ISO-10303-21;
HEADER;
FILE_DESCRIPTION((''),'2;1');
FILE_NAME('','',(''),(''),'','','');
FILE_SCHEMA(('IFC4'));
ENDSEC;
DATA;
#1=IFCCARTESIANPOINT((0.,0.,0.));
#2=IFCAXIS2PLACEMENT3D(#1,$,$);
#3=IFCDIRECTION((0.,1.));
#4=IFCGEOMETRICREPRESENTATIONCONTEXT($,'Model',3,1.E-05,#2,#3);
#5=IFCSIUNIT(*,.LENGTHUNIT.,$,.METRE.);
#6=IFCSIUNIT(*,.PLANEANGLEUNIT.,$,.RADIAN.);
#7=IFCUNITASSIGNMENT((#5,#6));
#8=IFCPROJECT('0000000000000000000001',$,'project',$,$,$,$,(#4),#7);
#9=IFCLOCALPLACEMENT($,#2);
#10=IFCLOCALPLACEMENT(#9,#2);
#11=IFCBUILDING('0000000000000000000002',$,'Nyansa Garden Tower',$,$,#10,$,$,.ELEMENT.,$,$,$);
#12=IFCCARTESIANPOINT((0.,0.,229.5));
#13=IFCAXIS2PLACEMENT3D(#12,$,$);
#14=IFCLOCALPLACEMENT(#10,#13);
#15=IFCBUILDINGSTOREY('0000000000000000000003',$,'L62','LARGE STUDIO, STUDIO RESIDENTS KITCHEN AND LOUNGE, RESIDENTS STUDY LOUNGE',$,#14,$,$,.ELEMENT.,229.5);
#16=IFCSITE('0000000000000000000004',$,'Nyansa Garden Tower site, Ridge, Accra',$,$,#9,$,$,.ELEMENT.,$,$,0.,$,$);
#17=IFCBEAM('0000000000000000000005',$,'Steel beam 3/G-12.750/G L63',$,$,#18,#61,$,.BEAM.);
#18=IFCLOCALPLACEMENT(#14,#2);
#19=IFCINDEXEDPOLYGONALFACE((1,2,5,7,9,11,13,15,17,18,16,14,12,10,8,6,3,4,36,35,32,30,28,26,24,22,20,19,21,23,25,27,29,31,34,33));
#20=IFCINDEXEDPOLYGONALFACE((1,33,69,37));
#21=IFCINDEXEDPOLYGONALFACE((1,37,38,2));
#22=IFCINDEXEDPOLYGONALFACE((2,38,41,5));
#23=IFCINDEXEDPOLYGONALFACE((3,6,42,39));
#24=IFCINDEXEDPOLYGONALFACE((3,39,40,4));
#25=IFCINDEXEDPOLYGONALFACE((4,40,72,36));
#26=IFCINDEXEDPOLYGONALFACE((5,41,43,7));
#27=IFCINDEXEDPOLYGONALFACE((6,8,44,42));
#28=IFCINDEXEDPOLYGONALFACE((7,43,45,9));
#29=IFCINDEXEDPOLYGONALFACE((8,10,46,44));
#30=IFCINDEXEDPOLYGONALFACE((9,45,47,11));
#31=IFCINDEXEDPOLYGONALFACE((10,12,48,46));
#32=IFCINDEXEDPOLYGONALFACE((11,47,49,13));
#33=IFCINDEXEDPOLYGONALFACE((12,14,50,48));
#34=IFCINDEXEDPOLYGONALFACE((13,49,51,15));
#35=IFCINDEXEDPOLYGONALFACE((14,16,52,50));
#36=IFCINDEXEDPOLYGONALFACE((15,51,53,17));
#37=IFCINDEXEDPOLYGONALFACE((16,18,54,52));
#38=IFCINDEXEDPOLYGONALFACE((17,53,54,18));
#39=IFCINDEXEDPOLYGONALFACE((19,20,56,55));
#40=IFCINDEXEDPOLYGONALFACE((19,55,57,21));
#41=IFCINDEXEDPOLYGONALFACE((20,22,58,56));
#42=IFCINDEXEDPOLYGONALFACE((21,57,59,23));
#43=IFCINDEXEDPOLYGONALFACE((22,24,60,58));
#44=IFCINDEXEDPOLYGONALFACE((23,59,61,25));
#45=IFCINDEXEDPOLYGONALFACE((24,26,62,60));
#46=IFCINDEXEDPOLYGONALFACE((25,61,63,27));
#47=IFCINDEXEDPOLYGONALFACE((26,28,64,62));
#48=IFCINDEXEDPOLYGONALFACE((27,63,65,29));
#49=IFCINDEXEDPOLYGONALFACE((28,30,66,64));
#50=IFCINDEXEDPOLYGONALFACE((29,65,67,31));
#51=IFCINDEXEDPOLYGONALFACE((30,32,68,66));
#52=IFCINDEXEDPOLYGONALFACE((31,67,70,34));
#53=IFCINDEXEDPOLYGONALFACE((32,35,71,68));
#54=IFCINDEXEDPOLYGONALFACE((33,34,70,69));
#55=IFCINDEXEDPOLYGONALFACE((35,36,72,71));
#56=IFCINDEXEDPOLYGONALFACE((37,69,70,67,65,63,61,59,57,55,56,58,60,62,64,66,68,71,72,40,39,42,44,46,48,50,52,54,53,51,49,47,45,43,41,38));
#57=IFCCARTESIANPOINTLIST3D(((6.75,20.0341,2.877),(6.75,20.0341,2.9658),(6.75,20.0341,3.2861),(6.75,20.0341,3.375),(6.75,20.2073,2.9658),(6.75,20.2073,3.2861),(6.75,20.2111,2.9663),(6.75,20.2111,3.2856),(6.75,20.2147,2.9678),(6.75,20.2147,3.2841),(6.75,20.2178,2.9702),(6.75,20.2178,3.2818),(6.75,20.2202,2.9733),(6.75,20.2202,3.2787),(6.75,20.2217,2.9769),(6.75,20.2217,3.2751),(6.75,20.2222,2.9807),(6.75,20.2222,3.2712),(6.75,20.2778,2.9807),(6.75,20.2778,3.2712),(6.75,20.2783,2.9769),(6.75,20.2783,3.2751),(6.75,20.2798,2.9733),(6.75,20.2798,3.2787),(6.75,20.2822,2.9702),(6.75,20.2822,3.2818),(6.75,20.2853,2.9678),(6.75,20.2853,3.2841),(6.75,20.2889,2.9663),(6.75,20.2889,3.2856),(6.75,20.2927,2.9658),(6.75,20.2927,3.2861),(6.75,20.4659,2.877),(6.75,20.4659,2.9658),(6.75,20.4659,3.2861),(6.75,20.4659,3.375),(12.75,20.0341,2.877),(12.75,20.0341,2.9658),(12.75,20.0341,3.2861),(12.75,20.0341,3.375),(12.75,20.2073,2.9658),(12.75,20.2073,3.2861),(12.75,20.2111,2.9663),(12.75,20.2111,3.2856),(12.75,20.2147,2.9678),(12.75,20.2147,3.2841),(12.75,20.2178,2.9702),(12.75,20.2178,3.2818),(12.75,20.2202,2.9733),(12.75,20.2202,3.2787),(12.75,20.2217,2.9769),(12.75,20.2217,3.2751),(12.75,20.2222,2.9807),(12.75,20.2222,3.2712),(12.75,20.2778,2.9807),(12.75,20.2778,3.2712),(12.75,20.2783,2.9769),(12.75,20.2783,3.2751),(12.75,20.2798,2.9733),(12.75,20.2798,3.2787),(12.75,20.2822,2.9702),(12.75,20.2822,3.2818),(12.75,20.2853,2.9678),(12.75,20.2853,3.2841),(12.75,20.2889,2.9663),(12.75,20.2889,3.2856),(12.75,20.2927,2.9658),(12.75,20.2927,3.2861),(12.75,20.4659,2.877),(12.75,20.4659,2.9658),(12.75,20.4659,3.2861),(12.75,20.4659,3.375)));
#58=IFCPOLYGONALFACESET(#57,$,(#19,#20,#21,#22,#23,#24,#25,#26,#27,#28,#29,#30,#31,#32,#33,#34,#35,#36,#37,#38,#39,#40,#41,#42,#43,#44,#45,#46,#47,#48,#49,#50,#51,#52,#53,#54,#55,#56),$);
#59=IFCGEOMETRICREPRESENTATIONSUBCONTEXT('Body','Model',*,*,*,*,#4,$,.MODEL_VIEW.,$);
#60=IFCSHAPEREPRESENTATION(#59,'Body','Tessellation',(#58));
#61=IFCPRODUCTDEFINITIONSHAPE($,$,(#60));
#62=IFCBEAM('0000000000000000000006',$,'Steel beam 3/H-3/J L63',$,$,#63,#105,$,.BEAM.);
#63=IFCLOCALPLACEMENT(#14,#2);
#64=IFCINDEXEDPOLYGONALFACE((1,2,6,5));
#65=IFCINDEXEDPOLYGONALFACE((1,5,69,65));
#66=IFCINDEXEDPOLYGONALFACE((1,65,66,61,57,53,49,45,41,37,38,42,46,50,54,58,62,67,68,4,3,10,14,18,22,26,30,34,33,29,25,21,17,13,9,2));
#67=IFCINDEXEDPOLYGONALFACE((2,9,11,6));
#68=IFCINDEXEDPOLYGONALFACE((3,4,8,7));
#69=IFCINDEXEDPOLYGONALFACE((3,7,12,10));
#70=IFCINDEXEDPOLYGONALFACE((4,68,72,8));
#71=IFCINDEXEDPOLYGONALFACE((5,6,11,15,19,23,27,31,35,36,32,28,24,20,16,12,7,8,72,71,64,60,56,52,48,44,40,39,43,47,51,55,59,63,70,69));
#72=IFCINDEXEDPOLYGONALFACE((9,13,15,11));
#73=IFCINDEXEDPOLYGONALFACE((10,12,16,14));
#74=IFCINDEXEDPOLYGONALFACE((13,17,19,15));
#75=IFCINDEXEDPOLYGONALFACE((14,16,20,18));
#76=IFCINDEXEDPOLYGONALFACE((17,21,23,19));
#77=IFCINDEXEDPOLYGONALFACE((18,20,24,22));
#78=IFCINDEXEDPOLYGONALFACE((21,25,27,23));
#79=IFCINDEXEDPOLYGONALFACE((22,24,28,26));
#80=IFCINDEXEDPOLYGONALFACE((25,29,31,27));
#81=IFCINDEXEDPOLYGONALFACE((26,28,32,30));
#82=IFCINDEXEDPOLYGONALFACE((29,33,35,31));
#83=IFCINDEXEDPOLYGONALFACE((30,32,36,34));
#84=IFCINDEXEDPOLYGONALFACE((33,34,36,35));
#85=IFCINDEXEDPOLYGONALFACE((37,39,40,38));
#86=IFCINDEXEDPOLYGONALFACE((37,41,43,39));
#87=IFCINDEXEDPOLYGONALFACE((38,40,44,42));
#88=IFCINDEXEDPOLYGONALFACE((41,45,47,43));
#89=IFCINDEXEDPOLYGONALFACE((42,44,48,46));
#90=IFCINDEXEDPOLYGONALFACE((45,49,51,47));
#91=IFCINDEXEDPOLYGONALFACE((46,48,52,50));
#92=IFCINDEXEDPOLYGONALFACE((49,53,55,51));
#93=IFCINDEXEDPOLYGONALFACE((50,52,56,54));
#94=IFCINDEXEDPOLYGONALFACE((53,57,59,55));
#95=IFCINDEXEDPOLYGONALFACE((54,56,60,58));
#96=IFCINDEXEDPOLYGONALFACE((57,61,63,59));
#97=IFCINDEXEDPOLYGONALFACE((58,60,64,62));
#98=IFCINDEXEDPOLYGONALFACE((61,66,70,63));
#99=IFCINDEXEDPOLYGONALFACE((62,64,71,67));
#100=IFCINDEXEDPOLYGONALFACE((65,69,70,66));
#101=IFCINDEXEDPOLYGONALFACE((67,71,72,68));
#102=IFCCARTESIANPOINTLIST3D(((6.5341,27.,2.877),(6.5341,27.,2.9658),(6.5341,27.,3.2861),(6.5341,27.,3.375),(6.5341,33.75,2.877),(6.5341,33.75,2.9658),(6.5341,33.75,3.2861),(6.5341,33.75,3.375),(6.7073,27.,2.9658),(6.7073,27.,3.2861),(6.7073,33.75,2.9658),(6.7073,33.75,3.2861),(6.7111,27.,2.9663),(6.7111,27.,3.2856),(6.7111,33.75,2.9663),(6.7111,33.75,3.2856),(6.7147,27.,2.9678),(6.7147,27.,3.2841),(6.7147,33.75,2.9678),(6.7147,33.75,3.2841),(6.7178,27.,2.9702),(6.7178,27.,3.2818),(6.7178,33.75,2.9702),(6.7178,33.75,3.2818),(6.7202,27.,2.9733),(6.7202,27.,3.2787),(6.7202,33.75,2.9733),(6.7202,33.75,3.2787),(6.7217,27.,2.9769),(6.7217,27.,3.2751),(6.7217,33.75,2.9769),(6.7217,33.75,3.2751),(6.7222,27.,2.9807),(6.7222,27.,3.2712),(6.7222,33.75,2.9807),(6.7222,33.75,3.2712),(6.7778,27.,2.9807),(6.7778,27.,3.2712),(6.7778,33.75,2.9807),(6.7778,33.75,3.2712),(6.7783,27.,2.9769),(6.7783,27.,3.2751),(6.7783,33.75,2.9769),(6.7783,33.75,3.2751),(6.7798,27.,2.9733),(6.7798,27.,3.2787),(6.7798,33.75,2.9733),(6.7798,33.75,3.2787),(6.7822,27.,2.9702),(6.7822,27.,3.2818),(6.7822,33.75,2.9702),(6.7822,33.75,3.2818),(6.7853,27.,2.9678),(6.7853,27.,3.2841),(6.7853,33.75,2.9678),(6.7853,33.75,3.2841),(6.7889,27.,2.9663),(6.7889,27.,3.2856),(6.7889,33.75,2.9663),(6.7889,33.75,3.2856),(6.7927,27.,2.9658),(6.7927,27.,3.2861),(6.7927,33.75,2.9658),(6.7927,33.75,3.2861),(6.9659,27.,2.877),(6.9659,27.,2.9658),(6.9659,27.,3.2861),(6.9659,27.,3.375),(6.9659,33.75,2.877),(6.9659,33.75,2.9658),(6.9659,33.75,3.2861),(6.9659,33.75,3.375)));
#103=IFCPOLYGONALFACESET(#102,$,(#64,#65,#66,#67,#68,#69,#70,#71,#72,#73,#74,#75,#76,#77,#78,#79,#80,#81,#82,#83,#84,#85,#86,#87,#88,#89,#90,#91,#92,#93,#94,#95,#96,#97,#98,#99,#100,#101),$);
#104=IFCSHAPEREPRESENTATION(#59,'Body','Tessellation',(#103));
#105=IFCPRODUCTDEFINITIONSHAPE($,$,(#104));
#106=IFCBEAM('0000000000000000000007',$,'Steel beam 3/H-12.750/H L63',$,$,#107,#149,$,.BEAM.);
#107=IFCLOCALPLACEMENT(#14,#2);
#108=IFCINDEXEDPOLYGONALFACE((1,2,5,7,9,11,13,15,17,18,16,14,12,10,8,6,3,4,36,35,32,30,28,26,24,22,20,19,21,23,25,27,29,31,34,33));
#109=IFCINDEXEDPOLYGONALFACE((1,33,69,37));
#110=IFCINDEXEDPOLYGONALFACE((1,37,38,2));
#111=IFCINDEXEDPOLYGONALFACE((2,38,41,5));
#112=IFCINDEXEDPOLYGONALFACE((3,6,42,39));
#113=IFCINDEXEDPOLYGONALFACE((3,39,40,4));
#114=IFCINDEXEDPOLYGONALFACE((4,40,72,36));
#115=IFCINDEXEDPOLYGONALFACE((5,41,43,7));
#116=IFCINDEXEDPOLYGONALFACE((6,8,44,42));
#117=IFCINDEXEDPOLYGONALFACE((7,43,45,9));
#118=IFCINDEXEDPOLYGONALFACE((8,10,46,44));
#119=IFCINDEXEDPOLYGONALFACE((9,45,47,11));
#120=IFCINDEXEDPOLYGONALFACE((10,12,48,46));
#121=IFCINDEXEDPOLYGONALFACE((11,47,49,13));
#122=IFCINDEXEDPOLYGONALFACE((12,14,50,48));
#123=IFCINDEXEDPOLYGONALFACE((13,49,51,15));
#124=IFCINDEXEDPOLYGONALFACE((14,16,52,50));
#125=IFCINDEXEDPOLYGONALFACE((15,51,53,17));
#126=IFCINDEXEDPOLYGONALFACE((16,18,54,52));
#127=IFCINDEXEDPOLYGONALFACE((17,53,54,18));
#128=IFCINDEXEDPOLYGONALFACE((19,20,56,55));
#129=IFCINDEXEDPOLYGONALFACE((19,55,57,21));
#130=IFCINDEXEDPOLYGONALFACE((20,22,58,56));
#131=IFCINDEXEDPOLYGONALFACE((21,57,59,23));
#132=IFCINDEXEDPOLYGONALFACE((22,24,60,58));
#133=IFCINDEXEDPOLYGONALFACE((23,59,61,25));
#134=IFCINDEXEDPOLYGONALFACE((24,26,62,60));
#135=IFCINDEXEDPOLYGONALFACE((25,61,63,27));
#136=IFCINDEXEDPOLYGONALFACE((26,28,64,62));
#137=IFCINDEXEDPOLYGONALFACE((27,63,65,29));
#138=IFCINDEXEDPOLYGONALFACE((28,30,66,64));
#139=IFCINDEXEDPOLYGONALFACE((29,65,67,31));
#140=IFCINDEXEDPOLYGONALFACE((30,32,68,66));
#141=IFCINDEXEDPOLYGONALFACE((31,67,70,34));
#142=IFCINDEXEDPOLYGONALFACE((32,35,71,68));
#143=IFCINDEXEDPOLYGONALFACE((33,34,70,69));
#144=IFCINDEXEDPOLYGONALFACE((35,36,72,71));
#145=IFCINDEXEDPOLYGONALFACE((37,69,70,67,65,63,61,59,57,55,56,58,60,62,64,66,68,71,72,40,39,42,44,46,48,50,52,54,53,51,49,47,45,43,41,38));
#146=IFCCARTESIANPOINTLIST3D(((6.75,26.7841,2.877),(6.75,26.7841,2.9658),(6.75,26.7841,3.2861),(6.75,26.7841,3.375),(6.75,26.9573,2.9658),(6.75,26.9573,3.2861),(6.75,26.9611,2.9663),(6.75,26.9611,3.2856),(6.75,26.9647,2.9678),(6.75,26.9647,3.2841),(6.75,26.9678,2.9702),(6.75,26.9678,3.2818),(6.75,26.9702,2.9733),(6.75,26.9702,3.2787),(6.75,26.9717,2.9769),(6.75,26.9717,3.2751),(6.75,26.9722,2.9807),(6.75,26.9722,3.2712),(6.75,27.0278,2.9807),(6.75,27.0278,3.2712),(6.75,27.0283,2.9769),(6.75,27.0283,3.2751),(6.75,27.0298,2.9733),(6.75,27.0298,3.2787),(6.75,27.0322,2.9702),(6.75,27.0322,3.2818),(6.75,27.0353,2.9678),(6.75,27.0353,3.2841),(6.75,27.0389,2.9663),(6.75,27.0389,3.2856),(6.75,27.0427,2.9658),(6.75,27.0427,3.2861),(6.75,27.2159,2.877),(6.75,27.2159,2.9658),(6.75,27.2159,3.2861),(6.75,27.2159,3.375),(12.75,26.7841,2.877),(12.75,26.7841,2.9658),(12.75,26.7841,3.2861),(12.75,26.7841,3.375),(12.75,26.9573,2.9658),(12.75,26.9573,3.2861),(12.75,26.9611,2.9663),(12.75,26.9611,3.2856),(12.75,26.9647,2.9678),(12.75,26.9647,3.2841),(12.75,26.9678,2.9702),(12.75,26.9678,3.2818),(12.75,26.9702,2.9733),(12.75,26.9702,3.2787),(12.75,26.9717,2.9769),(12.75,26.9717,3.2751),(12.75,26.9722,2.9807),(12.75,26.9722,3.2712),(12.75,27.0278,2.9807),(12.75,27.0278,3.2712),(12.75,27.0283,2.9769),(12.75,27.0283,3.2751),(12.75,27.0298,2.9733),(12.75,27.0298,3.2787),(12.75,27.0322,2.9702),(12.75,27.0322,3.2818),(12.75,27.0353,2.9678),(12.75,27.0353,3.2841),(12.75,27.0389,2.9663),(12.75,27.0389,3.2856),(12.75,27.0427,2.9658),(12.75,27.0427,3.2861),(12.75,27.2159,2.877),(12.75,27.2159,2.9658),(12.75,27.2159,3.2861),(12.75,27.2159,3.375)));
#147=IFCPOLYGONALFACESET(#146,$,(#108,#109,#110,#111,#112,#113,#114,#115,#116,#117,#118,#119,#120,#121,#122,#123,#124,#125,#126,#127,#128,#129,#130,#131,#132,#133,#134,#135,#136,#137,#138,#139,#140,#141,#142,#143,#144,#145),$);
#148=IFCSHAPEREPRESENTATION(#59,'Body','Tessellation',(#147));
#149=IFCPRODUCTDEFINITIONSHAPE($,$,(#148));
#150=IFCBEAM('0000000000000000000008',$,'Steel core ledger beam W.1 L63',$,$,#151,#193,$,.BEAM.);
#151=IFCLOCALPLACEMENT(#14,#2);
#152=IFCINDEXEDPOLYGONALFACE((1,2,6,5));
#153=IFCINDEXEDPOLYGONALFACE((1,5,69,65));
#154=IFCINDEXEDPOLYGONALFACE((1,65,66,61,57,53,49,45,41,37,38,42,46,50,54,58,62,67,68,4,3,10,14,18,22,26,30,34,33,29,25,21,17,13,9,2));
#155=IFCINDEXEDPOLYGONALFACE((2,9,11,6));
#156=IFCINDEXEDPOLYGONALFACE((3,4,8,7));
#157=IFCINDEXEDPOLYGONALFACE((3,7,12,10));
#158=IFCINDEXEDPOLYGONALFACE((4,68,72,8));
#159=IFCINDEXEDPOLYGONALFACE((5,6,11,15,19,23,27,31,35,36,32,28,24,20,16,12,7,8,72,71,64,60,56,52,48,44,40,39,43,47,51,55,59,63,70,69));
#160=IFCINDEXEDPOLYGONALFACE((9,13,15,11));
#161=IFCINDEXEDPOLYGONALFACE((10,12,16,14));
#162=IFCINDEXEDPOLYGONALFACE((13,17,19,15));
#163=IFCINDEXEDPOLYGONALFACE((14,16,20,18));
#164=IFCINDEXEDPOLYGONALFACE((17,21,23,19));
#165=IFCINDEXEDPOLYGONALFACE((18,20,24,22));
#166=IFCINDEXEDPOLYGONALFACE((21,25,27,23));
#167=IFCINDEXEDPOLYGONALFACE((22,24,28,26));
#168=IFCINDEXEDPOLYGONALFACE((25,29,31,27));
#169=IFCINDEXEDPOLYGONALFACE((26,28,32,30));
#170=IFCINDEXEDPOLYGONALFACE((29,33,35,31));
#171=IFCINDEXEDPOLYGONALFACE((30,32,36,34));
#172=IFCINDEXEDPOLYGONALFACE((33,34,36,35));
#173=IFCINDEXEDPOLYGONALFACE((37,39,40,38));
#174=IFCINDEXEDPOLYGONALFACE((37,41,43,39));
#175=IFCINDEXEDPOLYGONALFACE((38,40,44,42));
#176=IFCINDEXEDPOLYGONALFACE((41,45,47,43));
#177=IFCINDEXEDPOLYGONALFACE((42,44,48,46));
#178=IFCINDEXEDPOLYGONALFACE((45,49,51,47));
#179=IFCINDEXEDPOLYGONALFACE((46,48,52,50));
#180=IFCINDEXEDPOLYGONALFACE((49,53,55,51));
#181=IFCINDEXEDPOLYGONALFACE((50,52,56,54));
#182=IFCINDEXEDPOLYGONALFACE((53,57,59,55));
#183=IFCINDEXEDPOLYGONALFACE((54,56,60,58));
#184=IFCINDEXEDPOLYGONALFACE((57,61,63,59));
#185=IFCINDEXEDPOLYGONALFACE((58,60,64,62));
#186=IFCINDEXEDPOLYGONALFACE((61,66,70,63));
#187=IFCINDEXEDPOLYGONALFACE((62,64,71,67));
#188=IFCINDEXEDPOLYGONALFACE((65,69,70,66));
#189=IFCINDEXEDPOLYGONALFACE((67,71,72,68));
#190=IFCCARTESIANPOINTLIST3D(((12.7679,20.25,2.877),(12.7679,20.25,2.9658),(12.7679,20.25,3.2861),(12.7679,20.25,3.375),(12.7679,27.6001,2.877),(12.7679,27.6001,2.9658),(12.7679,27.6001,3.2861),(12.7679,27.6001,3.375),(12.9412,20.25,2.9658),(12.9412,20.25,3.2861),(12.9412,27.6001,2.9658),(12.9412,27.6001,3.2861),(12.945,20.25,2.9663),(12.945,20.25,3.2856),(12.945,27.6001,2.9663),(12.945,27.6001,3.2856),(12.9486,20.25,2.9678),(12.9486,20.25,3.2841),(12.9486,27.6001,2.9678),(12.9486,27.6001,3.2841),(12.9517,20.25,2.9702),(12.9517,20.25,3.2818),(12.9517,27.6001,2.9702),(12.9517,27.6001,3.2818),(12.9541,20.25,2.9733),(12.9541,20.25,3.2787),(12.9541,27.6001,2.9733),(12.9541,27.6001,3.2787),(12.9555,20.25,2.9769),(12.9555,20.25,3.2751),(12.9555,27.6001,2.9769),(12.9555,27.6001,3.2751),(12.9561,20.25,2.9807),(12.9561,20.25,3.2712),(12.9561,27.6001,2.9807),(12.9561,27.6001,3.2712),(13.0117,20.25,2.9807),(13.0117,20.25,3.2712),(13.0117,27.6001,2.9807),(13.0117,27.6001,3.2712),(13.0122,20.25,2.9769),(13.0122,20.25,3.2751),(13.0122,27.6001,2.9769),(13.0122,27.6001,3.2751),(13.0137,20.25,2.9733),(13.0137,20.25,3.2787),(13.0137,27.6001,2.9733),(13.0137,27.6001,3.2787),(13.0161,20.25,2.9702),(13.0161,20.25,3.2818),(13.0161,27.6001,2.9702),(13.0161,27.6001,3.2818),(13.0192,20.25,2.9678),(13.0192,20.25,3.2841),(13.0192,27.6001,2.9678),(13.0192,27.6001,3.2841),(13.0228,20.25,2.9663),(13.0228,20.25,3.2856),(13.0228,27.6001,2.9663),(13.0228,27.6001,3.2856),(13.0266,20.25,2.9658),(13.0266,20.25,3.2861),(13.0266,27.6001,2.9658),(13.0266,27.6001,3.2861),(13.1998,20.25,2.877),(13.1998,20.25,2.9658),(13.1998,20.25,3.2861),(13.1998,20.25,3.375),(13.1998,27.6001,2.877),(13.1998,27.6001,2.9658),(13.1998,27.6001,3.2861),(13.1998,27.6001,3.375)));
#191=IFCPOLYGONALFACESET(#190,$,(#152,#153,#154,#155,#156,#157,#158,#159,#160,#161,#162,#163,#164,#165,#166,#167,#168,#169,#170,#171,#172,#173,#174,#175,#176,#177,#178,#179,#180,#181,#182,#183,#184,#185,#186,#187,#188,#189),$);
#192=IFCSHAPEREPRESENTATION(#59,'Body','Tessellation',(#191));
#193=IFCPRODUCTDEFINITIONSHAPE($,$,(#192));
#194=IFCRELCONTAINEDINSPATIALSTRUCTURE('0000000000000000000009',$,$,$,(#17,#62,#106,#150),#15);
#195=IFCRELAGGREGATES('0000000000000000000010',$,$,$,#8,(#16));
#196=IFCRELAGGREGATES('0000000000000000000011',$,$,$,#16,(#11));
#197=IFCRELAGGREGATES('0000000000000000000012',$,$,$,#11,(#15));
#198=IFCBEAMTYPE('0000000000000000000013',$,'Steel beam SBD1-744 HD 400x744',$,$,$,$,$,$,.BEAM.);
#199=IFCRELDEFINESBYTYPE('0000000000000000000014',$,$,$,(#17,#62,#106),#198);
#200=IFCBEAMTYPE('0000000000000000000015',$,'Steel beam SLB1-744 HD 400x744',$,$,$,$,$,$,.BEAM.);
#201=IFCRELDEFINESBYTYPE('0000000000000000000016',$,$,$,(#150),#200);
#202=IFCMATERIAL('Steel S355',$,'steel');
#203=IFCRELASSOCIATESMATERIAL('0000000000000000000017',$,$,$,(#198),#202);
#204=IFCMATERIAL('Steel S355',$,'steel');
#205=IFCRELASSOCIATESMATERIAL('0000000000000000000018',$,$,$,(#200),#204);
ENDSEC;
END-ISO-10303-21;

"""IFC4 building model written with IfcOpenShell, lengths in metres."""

from ifc_helpers import new_model, si_unit, direction, frame, origin, origin_2d, place, context, subcontext, project, spatial, i_section, extrude, material, material_profile, profile_set, type_object, element, save


model = new_model("IFC4")

# Units and contexts
model_context = context("Model", 3, precision=1e-05, world=origin(), true_north=direction((0.0, 1.0)))
body_context = subcontext(model_context, "Body", "Model", "MODEL_VIEW")
ifc_project = project(units=[si_unit("LENGTHUNIT", "METRE"), si_unit("PLANEANGLEUNIT", "RADIAN")], contexts=[model_context])

# Site, building, storey
site_placement = place(None, origin())
site = spatial("IfcSite", under=ifc_project, at=site_placement, Name="Nyansa Garden Tower site, Ridge, Accra", CompositionType="ELEMENT", RefElevation=0.0)
building_placement = place(site_placement, origin())
building = spatial("IfcBuilding", under=site, at=building_placement, Name="Nyansa Garden Tower", CompositionType="ELEMENT")
storey_placement = place(building_placement, frame((0.0, 0.0, 229.5)))
storey = spatial("IfcBuildingStorey", under=building, at=storey_placement, Name="L62", Description="LARGE STUDIO, STUDIO RESIDENTS KITCHEN AND LOUNGE, RESIDENTS STUDY LOUNGE", CompositionType="ELEMENT", Elevation=229.5)

# Beams
ifc_material_1 = material(Name="Steel S355", Category="steel")
ifc_material_profile_1 = material_profile(ifc_material_1, i_section(OverallWidth=0.4319, OverallDepth=0.498, WebThickness=0.0557, FlangeThickness=0.0889, FilletRadius=0.0149, at=origin_2d()), Name="HD 400x744")
ifc_profile_set_1 = profile_set([ifc_material_profile_1], Name="Steel S355")
beam_type_1 = type_object("IfcBeamType", Name="Steel beam SBD1-744 HD 400x744", PredefinedType="BEAM", material=ifc_profile_set_1)
beam_1_placement = place(storey_placement, frame((6.75, 20.25, 3.126), z_axis=(1.0, 0.0, 0.0), x_axis=(0.0, 1.0, 0.0)))
element("IfcBeam", 1, at=beam_1_placement, inside=storey, type_object=beam_type_1, Name="Steel beam 3/G-12.750/G L63", PredefinedType="BEAM", context=body_context, shape_type="SweptSolid", body=[
    extrude(i_section(OverallWidth=0.4319, OverallDepth=0.498, WebThickness=0.0557, FlangeThickness=0.0889, FilletRadius=0.0149, at=origin_2d()), origin(), (0.0, 0.0, 1.0), 6.0),
])
beam_2_placement = place(storey_placement, frame((6.75, 27.0, 3.126), z_axis=(0.0, 1.0, 0.0), x_axis=(-1.0, 0.0, 0.0)))
element("IfcBeam", 2, at=beam_2_placement, inside=storey, type_object=beam_type_1, Name="Steel beam 3/H-3/J L63", PredefinedType="BEAM", context=body_context, shape_type="SweptSolid", body=[
    extrude(i_section(OverallWidth=0.4319, OverallDepth=0.498, WebThickness=0.0557, FlangeThickness=0.0889, FilletRadius=0.0149, at=origin_2d()), origin(), (0.0, 0.0, 1.0), 6.75),
])
beam_3_placement = place(storey_placement, frame((6.75, 27.0, 3.126), z_axis=(1.0, 0.0, 0.0), x_axis=(0.0, 1.0, 0.0)))
element("IfcBeam", 3, at=beam_3_placement, inside=storey, type_object=beam_type_1, Name="Steel beam 3/H-12.750/H L63", PredefinedType="BEAM", context=body_context, shape_type="SweptSolid", body=[
    extrude(i_section(OverallWidth=0.4319, OverallDepth=0.498, WebThickness=0.0557, FlangeThickness=0.0889, FilletRadius=0.0149, at=origin_2d()), origin(), (0.0, 0.0, 1.0), 6.0),
])
ifc_material_2 = material(Name="Steel S355", Category="steel")
ifc_material_profile_2 = material_profile(ifc_material_2, i_section(OverallWidth=0.4319, OverallDepth=0.498, WebThickness=0.0557, FlangeThickness=0.0889, FilletRadius=0.0149, at=origin_2d()), Name="HD 400x744")
ifc_profile_set_2 = profile_set([ifc_material_profile_2], Name="Steel S355")
beam_type_2 = type_object("IfcBeamType", Name="Steel beam SLB1-744 HD 400x744", PredefinedType="BEAM", material=ifc_profile_set_2)
for number, where, z_axis, x_axis, name in (
    (4, (12.9839, 27.6001, 3.126), (0.0, -1.0, 0.0), (1.0, 0.0, 0.0), "Steel core ledger beam W.1 L63"),
):
    element("IfcBeam", number, at=place(storey_placement, frame(where, z_axis=z_axis, x_axis=x_axis)), inside=storey, type_object=beam_type_2, Name=name, PredefinedType="BEAM", context=body_context, shape_type="SweptSolid", body=[
        extrude(i_section(OverallWidth=0.4319, OverallDepth=0.498, WebThickness=0.0557, FlangeThickness=0.0889, FilletRadius=0.0149, at=origin_2d()), origin(), (0.0, 0.0, 1.0), 7.3501),
    ])

save(model, "model.ifc")
